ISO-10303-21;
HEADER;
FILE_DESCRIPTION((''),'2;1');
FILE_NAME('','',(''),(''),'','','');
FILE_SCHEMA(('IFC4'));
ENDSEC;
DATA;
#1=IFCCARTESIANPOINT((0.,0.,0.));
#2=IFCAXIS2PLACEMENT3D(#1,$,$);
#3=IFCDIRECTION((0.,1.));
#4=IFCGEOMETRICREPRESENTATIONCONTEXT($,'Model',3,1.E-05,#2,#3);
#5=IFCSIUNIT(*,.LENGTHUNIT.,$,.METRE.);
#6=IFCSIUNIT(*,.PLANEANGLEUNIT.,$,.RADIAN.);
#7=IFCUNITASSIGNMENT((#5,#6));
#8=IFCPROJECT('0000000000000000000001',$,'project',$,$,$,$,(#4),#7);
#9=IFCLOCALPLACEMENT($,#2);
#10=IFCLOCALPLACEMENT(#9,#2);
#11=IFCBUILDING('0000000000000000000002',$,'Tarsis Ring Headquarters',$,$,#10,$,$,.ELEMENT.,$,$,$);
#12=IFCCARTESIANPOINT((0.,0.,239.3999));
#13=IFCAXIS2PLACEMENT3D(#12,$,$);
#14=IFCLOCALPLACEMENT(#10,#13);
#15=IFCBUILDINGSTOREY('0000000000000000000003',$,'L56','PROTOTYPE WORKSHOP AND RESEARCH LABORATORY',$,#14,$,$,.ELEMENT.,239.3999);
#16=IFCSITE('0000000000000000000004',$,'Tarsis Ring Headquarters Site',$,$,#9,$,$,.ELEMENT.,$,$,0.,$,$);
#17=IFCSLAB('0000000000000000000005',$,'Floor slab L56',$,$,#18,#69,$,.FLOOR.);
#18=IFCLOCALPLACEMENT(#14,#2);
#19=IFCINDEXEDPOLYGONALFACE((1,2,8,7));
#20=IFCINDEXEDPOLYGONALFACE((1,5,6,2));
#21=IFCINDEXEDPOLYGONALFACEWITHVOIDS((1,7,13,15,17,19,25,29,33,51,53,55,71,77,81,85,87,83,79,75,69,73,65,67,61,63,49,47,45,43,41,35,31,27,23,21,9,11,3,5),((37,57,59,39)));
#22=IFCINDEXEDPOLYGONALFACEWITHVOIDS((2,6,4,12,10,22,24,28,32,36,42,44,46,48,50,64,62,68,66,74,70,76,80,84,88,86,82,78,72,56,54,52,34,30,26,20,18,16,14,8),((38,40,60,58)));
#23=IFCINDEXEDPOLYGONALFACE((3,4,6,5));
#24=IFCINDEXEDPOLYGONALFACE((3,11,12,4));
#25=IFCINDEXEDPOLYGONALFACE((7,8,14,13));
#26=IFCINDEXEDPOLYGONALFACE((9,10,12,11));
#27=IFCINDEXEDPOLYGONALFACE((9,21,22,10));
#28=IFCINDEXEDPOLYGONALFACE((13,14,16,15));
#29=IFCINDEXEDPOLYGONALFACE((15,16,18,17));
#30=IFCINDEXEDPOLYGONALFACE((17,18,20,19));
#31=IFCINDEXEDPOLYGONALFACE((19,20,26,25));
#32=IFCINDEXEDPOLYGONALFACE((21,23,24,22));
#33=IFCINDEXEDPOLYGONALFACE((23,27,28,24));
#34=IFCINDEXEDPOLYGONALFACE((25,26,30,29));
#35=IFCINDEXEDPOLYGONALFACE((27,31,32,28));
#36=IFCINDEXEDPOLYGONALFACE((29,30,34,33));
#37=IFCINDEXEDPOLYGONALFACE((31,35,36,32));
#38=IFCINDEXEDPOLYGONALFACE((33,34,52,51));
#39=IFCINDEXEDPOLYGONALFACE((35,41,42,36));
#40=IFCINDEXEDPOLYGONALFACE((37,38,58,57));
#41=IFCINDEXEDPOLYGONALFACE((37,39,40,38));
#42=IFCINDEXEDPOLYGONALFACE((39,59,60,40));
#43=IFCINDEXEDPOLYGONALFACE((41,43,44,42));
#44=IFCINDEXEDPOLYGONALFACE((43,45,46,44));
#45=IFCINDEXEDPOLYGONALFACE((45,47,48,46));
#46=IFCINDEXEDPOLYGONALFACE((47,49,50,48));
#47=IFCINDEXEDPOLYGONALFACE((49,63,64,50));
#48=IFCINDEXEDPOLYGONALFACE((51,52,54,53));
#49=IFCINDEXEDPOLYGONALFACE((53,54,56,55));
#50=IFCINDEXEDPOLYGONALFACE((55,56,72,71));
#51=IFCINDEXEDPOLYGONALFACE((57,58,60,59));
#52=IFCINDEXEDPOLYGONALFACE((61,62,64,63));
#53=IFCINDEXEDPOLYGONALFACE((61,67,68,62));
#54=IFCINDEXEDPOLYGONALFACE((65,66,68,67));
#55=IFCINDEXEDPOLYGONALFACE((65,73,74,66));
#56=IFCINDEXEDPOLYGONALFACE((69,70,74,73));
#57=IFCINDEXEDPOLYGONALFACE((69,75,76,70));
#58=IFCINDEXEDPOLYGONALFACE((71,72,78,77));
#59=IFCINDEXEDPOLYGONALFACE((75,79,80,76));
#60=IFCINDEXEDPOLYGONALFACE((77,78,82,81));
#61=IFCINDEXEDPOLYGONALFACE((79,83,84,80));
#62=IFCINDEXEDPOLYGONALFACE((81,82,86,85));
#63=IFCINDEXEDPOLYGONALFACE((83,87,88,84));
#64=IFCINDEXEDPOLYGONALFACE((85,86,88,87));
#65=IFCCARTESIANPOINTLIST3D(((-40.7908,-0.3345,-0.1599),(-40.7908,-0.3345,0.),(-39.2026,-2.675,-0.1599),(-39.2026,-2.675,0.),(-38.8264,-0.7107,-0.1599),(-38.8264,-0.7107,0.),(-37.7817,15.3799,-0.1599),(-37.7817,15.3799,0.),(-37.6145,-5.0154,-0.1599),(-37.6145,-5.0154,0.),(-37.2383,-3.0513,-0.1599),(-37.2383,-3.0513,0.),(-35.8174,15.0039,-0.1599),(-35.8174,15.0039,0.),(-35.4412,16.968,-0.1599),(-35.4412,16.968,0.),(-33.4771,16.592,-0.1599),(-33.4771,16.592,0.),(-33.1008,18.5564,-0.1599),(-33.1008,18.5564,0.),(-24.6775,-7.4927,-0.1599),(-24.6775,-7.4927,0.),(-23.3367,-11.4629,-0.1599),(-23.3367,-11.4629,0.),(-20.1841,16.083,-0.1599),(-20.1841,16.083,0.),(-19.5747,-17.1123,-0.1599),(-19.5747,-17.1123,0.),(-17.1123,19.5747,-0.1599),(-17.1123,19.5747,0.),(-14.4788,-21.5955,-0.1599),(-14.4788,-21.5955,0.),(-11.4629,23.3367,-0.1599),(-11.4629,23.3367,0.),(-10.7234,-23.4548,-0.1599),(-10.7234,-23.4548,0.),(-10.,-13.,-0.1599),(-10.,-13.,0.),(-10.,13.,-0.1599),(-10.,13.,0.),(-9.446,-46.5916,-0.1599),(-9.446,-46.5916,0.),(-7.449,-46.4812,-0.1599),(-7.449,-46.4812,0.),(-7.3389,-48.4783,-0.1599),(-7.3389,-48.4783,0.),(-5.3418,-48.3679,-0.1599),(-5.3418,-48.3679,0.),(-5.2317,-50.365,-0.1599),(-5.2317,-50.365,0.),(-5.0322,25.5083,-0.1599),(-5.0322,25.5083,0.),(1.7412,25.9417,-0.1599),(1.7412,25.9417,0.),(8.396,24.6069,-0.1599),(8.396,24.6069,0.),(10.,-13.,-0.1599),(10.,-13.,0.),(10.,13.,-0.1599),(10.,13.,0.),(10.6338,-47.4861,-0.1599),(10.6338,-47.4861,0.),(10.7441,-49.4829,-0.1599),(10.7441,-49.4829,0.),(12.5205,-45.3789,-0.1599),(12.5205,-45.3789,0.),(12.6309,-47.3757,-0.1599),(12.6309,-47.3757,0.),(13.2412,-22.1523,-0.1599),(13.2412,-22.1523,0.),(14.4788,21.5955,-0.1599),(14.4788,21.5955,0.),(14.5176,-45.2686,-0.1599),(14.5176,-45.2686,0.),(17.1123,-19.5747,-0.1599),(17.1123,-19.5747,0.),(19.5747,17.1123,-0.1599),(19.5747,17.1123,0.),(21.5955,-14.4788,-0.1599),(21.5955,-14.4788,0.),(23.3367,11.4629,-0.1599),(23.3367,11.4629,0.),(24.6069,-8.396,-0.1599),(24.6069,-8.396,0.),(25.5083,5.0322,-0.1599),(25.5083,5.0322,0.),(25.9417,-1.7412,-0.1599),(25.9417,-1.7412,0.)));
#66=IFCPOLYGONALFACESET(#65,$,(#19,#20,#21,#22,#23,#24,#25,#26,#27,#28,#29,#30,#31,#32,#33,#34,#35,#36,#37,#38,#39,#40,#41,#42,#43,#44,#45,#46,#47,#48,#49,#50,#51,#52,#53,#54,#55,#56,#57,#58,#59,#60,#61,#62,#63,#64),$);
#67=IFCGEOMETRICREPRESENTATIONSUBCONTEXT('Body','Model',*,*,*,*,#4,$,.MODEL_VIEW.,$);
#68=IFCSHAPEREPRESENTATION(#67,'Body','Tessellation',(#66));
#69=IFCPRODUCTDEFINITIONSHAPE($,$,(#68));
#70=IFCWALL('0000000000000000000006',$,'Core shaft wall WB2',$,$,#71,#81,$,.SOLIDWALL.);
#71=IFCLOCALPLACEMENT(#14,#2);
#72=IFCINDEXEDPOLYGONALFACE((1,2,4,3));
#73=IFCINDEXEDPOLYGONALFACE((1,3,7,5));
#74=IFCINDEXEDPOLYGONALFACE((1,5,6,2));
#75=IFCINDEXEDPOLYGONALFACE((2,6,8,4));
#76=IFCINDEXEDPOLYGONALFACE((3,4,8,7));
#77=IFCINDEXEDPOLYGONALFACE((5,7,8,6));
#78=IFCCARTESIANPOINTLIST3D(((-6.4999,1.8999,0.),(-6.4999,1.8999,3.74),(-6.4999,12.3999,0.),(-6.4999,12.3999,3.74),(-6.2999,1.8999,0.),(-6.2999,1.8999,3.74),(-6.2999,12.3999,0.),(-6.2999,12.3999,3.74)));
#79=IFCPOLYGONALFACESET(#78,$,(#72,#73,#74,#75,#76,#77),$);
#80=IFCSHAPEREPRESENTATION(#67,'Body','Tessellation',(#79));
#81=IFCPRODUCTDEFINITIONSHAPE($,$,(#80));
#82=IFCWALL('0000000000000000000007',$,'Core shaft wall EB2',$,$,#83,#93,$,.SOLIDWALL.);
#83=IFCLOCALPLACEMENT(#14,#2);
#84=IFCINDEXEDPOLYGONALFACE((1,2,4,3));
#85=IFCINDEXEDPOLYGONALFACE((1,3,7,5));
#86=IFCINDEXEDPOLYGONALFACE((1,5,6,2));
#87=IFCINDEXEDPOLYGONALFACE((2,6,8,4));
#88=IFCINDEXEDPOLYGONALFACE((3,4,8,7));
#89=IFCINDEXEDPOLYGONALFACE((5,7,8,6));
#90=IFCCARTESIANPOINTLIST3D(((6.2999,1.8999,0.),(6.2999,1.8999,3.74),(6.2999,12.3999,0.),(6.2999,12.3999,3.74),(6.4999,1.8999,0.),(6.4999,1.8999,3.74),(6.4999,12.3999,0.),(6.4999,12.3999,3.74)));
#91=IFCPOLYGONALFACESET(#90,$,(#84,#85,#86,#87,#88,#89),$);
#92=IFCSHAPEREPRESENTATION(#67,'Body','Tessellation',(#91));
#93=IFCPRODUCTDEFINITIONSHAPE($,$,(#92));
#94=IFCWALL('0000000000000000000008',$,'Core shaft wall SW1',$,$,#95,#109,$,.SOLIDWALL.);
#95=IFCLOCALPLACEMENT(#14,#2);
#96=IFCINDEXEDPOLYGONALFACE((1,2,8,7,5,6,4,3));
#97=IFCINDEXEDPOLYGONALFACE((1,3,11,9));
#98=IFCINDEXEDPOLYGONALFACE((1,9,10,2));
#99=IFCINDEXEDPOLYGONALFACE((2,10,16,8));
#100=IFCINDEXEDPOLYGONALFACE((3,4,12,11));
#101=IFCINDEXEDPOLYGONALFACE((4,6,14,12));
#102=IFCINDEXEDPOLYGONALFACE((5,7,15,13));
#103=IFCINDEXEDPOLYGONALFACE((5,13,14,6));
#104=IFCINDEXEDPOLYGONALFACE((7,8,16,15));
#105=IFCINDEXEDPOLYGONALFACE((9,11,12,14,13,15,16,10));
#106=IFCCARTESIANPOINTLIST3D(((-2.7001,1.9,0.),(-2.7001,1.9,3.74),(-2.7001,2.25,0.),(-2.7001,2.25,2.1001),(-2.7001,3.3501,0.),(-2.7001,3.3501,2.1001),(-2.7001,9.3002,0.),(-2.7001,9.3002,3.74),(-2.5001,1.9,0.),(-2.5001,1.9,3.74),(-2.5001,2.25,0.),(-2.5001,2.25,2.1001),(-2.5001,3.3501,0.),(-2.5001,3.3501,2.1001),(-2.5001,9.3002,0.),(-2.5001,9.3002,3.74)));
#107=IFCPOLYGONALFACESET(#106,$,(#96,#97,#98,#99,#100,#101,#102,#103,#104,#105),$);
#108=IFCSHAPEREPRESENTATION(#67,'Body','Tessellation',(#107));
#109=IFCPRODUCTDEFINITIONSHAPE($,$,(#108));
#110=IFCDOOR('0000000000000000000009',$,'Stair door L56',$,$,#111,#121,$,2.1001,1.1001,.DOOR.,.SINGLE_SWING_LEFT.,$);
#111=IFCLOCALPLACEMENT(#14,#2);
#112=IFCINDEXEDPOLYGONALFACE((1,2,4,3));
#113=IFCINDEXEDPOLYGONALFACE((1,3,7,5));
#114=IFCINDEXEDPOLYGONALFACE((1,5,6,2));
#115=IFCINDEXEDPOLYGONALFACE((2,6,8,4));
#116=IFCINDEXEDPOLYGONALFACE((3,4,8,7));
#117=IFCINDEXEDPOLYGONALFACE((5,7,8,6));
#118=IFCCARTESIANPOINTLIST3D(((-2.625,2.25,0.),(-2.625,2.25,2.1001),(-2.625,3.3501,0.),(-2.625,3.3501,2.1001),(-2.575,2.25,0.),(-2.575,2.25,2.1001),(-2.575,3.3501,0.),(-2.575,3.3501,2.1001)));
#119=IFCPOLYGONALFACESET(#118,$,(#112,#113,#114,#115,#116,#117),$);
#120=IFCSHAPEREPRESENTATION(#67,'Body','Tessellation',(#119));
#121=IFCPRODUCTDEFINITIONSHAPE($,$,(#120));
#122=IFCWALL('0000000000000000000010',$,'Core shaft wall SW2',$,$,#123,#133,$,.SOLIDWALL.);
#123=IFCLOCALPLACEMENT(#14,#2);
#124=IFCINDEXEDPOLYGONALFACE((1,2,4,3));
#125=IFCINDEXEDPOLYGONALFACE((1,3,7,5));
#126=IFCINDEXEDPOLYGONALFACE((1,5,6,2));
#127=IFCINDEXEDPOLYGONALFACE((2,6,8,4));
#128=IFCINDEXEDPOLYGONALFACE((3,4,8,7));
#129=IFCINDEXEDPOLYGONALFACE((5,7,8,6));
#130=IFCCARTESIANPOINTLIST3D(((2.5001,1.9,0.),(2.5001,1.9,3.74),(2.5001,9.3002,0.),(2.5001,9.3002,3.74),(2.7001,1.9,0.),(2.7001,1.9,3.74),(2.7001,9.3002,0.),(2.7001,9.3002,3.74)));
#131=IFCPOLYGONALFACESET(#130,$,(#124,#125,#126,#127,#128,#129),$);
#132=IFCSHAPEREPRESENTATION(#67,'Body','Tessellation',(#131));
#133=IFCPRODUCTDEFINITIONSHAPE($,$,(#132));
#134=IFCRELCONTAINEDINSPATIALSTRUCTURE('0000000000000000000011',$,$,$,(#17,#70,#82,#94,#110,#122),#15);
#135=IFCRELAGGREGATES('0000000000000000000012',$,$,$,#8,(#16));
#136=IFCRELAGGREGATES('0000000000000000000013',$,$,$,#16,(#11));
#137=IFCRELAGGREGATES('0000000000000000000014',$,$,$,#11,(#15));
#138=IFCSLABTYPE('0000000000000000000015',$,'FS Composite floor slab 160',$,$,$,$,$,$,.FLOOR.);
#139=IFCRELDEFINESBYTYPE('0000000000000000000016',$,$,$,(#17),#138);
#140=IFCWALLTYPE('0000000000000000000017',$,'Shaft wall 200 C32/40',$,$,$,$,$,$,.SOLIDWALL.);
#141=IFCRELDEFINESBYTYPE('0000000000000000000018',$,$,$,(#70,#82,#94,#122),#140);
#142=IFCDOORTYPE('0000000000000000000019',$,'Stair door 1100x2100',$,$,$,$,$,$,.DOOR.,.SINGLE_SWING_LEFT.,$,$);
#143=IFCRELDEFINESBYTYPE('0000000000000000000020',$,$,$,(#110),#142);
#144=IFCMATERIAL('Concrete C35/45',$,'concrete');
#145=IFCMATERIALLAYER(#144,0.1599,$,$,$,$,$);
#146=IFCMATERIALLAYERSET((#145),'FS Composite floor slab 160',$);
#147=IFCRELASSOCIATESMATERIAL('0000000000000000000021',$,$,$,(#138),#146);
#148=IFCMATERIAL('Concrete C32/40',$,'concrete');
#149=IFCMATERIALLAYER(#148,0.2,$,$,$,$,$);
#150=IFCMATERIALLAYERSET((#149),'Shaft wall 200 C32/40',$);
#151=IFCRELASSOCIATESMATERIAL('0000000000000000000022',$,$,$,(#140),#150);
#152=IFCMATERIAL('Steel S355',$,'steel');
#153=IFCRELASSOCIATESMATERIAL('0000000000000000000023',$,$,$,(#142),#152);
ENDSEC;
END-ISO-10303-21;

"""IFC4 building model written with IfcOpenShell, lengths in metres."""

from ifc_helpers import new_model, si_unit, direction, frame, frame_2d, origin, place, context, subcontext, project, spatial, polyline, rectangle, outline, extrude, material, layer, layer_set, type_object, element, fill, save


model = new_model("IFC4")

# Units and contexts
model_context = context("Model", 3, precision=1e-05, world=origin(), true_north=direction((0.0, 1.0)))
body_context = subcontext(model_context, "Body", "Model", "MODEL_VIEW")
ifc_project = project(units=[si_unit("LENGTHUNIT", "METRE"), si_unit("PLANEANGLEUNIT", "RADIAN")], contexts=[model_context])

# Site, building, storey
site_placement = place(None, origin())
site = spatial("IfcSite", under=ifc_project, at=site_placement, Name="Tarsis Ring Headquarters Site", CompositionType="ELEMENT", RefElevation=0.0)
building_placement = place(site_placement, origin())
building = spatial("IfcBuilding", under=site, at=building_placement, Name="Tarsis Ring Headquarters", CompositionType="ELEMENT")
storey_placement = place(building_placement, frame((0.0, 0.0, 239.3999)))
storey = spatial("IfcBuildingStorey", under=building, at=storey_placement, Name="L56", Description="PROTOTYPE WORKSHOP AND RESEARCH LABORATORY", CompositionType="ELEMENT", Elevation=239.3999)

# Slab
ifc_material_1 = material(Name="Concrete C35/45", Category="concrete")
ifc_layer_1 = layer(ifc_material_1, 0.1599)
ifc_layer_set_1 = layer_set([ifc_layer_1], Name="FS Composite floor slab 160")
slab_type_1 = type_object("IfcSlabType", Name="FS Composite floor slab 160", PredefinedType="FLOOR", material=ifc_layer_set_1)
slab_1_placement = place(storey_placement, frame((0.0, 0.0, -0.1599)))
element("IfcSlab", 1, at=slab_1_placement, inside=storey, type_object=slab_type_1, Name="Floor slab L56", PredefinedType="FLOOR", context=body_context, shape_type="SweptSolid", body=[
    extrude(outline(polyline([(-24.6775, -7.4927), (-23.3367, -11.4629), (-19.5747, -17.1123), (-14.4788, -21.5955), (-10.7234, -23.4548), (-9.446, -46.5916), (-7.449, -46.4812), (-7.3389, -48.4783), (-5.3418, -48.3679), (-5.2317, -50.365), (10.7441, -49.4829), (10.6338, -47.4861), (12.6309, -47.3757), (12.5205, -45.3789), (14.5176, -45.2686), (13.2412, -22.1523), (17.1123, -19.5747), (21.5955, -14.4788), (24.6069, -8.396), (25.9417, -1.7412), (25.5083, 5.0322), (23.3367, 11.4629), (19.5747, 17.1123), (14.4788, 21.5955), (8.396, 24.6069), (1.7412, 25.9417), (-5.0322, 25.5083), (-11.4629, 23.3367), (-17.1123, 19.5747), (-20.1841, 16.083), (-33.1008, 18.5564), (-33.4771, 16.592), (-35.4412, 16.968), (-35.8174, 15.0039), (-37.7817, 15.3799), (-40.7908, -0.3345), (-38.8264, -0.7107), (-39.2026, -2.675), (-37.2383, -3.0513), (-37.6145, -5.0154), (-24.6775, -7.4927)]), holes=[polyline([(-10.0, -13.0), (-10.0, 13.0), (10.0, 13.0), (10.0, -13.0), (-10.0, -13.0)])]), origin(), (0.0, 0.0, 1.0), 0.1599),
])

# Walls
ifc_material_2 = material(Name="Concrete C32/40", Category="concrete")
ifc_layer_2 = layer(ifc_material_2, 0.2)
ifc_layer_set_2 = layer_set([ifc_layer_2], Name="Shaft wall 200 C32/40")
wall_type = type_object("IfcWallType", Name="Shaft wall 200 C32/40", PredefinedType="SOLIDWALL", material=ifc_layer_set_2)
for number, where, z_axis, x_axis, name in (
    (2, (-6.3999, 1.8999, 0.0), (0.0, 0.0, 1.0), (0.0, 1.0, 0.0), "Core shaft wall WB2"),
    (3, (6.3999, 1.8999, 0.0), (0.0, 0.0, 1.0), (0.0, 1.0, 0.0), "Core shaft wall EB2"),
):
    element("IfcWall", number, at=place(storey_placement, frame(where, z_axis=z_axis, x_axis=x_axis)), inside=storey, type_object=wall_type, Name=name, PredefinedType="SOLIDWALL", context=body_context, shape_type="SweptSolid", body=[
        extrude(rectangle(XDim=10.5, YDim=0.2, at=frame_2d((5.25, 0.0))), origin(), (0.0, 0.0, 1.0), 3.74),
    ])

# Wall, opening, door
wall_1_placement = place(storey_placement, frame((-2.6001, 1.8999, 0.0), z_axis=(0.0, 0.0, 1.0), x_axis=(0.0, 1.0, 0.0)))
wall_1 = element("IfcWall", 4, at=wall_1_placement, inside=storey, type_object=wall_type, Name="Core shaft wall SW1", PredefinedType="SOLIDWALL", context=body_context, shape_type="SweptSolid", body=[
    extrude(rectangle(XDim=7.4001, YDim=0.2, at=frame_2d((3.7002, 0.0))), origin(), (0.0, 0.0, 1.0), 3.74),
])
opening_placement = place(wall_1_placement, frame((0.3501, 0.0, 0.0)))
opening = element("IfcOpeningElement", 5, at=opening_placement, cuts=wall_1, PredefinedType="OPENING", context=body_context, shape_type="SweptSolid", body=[
    extrude(rectangle(XDim=1.1001, YDim=2.1001, at=frame_2d((0.55, 1.05))), frame((0.0, 0.1099, 0.0), z_axis=(0.0, -1.0, 0.0), x_axis=(1.0, 0.0, 0.0)), (0.0, 0.0, 1.0), 0.22),
])
ifc_material_3 = material(Name="Steel S355", Category="steel")
door_type = type_object("IfcDoorType", Name="Stair door 1100x2100", OperationType="SINGLE_SWING_LEFT", PredefinedType="DOOR", material=ifc_material_3)
door_placement = place(opening_placement, origin())
door = element("IfcDoor", 6, at=door_placement, inside=storey, type_object=door_type, Name="Stair door L56", OperationType="SINGLE_SWING_LEFT", OverallHeight=2.1001, OverallWidth=1.1001, PredefinedType="DOOR", context=body_context, shape_type="SweptSolid", body=[
    extrude(rectangle(XDim=1.1001, YDim=2.1001, at=frame_2d((0.55, 1.05))), frame((0.0, 0.0249, 0.0), z_axis=(0.0, -1.0, 0.0), x_axis=(1.0, 0.0, 0.0)), (0.0, 0.0, 1.0), 0.05),
])
fill(opening, door)

# Wall
wall_2_placement = place(storey_placement, frame((2.6001, 1.8999, 0.0), z_axis=(0.0, 0.0, 1.0), x_axis=(0.0, 1.0, 0.0)))
element("IfcWall", 7, at=wall_2_placement, inside=storey, type_object=wall_type, Name="Core shaft wall SW2", PredefinedType="SOLIDWALL", context=body_context, shape_type="SweptSolid", body=[
    extrude(rectangle(XDim=7.4001, YDim=0.2, at=frame_2d((3.7002, 0.0))), origin(), (0.0, 0.0, 1.0), 3.74),
])

save(model, "model.ifc")
